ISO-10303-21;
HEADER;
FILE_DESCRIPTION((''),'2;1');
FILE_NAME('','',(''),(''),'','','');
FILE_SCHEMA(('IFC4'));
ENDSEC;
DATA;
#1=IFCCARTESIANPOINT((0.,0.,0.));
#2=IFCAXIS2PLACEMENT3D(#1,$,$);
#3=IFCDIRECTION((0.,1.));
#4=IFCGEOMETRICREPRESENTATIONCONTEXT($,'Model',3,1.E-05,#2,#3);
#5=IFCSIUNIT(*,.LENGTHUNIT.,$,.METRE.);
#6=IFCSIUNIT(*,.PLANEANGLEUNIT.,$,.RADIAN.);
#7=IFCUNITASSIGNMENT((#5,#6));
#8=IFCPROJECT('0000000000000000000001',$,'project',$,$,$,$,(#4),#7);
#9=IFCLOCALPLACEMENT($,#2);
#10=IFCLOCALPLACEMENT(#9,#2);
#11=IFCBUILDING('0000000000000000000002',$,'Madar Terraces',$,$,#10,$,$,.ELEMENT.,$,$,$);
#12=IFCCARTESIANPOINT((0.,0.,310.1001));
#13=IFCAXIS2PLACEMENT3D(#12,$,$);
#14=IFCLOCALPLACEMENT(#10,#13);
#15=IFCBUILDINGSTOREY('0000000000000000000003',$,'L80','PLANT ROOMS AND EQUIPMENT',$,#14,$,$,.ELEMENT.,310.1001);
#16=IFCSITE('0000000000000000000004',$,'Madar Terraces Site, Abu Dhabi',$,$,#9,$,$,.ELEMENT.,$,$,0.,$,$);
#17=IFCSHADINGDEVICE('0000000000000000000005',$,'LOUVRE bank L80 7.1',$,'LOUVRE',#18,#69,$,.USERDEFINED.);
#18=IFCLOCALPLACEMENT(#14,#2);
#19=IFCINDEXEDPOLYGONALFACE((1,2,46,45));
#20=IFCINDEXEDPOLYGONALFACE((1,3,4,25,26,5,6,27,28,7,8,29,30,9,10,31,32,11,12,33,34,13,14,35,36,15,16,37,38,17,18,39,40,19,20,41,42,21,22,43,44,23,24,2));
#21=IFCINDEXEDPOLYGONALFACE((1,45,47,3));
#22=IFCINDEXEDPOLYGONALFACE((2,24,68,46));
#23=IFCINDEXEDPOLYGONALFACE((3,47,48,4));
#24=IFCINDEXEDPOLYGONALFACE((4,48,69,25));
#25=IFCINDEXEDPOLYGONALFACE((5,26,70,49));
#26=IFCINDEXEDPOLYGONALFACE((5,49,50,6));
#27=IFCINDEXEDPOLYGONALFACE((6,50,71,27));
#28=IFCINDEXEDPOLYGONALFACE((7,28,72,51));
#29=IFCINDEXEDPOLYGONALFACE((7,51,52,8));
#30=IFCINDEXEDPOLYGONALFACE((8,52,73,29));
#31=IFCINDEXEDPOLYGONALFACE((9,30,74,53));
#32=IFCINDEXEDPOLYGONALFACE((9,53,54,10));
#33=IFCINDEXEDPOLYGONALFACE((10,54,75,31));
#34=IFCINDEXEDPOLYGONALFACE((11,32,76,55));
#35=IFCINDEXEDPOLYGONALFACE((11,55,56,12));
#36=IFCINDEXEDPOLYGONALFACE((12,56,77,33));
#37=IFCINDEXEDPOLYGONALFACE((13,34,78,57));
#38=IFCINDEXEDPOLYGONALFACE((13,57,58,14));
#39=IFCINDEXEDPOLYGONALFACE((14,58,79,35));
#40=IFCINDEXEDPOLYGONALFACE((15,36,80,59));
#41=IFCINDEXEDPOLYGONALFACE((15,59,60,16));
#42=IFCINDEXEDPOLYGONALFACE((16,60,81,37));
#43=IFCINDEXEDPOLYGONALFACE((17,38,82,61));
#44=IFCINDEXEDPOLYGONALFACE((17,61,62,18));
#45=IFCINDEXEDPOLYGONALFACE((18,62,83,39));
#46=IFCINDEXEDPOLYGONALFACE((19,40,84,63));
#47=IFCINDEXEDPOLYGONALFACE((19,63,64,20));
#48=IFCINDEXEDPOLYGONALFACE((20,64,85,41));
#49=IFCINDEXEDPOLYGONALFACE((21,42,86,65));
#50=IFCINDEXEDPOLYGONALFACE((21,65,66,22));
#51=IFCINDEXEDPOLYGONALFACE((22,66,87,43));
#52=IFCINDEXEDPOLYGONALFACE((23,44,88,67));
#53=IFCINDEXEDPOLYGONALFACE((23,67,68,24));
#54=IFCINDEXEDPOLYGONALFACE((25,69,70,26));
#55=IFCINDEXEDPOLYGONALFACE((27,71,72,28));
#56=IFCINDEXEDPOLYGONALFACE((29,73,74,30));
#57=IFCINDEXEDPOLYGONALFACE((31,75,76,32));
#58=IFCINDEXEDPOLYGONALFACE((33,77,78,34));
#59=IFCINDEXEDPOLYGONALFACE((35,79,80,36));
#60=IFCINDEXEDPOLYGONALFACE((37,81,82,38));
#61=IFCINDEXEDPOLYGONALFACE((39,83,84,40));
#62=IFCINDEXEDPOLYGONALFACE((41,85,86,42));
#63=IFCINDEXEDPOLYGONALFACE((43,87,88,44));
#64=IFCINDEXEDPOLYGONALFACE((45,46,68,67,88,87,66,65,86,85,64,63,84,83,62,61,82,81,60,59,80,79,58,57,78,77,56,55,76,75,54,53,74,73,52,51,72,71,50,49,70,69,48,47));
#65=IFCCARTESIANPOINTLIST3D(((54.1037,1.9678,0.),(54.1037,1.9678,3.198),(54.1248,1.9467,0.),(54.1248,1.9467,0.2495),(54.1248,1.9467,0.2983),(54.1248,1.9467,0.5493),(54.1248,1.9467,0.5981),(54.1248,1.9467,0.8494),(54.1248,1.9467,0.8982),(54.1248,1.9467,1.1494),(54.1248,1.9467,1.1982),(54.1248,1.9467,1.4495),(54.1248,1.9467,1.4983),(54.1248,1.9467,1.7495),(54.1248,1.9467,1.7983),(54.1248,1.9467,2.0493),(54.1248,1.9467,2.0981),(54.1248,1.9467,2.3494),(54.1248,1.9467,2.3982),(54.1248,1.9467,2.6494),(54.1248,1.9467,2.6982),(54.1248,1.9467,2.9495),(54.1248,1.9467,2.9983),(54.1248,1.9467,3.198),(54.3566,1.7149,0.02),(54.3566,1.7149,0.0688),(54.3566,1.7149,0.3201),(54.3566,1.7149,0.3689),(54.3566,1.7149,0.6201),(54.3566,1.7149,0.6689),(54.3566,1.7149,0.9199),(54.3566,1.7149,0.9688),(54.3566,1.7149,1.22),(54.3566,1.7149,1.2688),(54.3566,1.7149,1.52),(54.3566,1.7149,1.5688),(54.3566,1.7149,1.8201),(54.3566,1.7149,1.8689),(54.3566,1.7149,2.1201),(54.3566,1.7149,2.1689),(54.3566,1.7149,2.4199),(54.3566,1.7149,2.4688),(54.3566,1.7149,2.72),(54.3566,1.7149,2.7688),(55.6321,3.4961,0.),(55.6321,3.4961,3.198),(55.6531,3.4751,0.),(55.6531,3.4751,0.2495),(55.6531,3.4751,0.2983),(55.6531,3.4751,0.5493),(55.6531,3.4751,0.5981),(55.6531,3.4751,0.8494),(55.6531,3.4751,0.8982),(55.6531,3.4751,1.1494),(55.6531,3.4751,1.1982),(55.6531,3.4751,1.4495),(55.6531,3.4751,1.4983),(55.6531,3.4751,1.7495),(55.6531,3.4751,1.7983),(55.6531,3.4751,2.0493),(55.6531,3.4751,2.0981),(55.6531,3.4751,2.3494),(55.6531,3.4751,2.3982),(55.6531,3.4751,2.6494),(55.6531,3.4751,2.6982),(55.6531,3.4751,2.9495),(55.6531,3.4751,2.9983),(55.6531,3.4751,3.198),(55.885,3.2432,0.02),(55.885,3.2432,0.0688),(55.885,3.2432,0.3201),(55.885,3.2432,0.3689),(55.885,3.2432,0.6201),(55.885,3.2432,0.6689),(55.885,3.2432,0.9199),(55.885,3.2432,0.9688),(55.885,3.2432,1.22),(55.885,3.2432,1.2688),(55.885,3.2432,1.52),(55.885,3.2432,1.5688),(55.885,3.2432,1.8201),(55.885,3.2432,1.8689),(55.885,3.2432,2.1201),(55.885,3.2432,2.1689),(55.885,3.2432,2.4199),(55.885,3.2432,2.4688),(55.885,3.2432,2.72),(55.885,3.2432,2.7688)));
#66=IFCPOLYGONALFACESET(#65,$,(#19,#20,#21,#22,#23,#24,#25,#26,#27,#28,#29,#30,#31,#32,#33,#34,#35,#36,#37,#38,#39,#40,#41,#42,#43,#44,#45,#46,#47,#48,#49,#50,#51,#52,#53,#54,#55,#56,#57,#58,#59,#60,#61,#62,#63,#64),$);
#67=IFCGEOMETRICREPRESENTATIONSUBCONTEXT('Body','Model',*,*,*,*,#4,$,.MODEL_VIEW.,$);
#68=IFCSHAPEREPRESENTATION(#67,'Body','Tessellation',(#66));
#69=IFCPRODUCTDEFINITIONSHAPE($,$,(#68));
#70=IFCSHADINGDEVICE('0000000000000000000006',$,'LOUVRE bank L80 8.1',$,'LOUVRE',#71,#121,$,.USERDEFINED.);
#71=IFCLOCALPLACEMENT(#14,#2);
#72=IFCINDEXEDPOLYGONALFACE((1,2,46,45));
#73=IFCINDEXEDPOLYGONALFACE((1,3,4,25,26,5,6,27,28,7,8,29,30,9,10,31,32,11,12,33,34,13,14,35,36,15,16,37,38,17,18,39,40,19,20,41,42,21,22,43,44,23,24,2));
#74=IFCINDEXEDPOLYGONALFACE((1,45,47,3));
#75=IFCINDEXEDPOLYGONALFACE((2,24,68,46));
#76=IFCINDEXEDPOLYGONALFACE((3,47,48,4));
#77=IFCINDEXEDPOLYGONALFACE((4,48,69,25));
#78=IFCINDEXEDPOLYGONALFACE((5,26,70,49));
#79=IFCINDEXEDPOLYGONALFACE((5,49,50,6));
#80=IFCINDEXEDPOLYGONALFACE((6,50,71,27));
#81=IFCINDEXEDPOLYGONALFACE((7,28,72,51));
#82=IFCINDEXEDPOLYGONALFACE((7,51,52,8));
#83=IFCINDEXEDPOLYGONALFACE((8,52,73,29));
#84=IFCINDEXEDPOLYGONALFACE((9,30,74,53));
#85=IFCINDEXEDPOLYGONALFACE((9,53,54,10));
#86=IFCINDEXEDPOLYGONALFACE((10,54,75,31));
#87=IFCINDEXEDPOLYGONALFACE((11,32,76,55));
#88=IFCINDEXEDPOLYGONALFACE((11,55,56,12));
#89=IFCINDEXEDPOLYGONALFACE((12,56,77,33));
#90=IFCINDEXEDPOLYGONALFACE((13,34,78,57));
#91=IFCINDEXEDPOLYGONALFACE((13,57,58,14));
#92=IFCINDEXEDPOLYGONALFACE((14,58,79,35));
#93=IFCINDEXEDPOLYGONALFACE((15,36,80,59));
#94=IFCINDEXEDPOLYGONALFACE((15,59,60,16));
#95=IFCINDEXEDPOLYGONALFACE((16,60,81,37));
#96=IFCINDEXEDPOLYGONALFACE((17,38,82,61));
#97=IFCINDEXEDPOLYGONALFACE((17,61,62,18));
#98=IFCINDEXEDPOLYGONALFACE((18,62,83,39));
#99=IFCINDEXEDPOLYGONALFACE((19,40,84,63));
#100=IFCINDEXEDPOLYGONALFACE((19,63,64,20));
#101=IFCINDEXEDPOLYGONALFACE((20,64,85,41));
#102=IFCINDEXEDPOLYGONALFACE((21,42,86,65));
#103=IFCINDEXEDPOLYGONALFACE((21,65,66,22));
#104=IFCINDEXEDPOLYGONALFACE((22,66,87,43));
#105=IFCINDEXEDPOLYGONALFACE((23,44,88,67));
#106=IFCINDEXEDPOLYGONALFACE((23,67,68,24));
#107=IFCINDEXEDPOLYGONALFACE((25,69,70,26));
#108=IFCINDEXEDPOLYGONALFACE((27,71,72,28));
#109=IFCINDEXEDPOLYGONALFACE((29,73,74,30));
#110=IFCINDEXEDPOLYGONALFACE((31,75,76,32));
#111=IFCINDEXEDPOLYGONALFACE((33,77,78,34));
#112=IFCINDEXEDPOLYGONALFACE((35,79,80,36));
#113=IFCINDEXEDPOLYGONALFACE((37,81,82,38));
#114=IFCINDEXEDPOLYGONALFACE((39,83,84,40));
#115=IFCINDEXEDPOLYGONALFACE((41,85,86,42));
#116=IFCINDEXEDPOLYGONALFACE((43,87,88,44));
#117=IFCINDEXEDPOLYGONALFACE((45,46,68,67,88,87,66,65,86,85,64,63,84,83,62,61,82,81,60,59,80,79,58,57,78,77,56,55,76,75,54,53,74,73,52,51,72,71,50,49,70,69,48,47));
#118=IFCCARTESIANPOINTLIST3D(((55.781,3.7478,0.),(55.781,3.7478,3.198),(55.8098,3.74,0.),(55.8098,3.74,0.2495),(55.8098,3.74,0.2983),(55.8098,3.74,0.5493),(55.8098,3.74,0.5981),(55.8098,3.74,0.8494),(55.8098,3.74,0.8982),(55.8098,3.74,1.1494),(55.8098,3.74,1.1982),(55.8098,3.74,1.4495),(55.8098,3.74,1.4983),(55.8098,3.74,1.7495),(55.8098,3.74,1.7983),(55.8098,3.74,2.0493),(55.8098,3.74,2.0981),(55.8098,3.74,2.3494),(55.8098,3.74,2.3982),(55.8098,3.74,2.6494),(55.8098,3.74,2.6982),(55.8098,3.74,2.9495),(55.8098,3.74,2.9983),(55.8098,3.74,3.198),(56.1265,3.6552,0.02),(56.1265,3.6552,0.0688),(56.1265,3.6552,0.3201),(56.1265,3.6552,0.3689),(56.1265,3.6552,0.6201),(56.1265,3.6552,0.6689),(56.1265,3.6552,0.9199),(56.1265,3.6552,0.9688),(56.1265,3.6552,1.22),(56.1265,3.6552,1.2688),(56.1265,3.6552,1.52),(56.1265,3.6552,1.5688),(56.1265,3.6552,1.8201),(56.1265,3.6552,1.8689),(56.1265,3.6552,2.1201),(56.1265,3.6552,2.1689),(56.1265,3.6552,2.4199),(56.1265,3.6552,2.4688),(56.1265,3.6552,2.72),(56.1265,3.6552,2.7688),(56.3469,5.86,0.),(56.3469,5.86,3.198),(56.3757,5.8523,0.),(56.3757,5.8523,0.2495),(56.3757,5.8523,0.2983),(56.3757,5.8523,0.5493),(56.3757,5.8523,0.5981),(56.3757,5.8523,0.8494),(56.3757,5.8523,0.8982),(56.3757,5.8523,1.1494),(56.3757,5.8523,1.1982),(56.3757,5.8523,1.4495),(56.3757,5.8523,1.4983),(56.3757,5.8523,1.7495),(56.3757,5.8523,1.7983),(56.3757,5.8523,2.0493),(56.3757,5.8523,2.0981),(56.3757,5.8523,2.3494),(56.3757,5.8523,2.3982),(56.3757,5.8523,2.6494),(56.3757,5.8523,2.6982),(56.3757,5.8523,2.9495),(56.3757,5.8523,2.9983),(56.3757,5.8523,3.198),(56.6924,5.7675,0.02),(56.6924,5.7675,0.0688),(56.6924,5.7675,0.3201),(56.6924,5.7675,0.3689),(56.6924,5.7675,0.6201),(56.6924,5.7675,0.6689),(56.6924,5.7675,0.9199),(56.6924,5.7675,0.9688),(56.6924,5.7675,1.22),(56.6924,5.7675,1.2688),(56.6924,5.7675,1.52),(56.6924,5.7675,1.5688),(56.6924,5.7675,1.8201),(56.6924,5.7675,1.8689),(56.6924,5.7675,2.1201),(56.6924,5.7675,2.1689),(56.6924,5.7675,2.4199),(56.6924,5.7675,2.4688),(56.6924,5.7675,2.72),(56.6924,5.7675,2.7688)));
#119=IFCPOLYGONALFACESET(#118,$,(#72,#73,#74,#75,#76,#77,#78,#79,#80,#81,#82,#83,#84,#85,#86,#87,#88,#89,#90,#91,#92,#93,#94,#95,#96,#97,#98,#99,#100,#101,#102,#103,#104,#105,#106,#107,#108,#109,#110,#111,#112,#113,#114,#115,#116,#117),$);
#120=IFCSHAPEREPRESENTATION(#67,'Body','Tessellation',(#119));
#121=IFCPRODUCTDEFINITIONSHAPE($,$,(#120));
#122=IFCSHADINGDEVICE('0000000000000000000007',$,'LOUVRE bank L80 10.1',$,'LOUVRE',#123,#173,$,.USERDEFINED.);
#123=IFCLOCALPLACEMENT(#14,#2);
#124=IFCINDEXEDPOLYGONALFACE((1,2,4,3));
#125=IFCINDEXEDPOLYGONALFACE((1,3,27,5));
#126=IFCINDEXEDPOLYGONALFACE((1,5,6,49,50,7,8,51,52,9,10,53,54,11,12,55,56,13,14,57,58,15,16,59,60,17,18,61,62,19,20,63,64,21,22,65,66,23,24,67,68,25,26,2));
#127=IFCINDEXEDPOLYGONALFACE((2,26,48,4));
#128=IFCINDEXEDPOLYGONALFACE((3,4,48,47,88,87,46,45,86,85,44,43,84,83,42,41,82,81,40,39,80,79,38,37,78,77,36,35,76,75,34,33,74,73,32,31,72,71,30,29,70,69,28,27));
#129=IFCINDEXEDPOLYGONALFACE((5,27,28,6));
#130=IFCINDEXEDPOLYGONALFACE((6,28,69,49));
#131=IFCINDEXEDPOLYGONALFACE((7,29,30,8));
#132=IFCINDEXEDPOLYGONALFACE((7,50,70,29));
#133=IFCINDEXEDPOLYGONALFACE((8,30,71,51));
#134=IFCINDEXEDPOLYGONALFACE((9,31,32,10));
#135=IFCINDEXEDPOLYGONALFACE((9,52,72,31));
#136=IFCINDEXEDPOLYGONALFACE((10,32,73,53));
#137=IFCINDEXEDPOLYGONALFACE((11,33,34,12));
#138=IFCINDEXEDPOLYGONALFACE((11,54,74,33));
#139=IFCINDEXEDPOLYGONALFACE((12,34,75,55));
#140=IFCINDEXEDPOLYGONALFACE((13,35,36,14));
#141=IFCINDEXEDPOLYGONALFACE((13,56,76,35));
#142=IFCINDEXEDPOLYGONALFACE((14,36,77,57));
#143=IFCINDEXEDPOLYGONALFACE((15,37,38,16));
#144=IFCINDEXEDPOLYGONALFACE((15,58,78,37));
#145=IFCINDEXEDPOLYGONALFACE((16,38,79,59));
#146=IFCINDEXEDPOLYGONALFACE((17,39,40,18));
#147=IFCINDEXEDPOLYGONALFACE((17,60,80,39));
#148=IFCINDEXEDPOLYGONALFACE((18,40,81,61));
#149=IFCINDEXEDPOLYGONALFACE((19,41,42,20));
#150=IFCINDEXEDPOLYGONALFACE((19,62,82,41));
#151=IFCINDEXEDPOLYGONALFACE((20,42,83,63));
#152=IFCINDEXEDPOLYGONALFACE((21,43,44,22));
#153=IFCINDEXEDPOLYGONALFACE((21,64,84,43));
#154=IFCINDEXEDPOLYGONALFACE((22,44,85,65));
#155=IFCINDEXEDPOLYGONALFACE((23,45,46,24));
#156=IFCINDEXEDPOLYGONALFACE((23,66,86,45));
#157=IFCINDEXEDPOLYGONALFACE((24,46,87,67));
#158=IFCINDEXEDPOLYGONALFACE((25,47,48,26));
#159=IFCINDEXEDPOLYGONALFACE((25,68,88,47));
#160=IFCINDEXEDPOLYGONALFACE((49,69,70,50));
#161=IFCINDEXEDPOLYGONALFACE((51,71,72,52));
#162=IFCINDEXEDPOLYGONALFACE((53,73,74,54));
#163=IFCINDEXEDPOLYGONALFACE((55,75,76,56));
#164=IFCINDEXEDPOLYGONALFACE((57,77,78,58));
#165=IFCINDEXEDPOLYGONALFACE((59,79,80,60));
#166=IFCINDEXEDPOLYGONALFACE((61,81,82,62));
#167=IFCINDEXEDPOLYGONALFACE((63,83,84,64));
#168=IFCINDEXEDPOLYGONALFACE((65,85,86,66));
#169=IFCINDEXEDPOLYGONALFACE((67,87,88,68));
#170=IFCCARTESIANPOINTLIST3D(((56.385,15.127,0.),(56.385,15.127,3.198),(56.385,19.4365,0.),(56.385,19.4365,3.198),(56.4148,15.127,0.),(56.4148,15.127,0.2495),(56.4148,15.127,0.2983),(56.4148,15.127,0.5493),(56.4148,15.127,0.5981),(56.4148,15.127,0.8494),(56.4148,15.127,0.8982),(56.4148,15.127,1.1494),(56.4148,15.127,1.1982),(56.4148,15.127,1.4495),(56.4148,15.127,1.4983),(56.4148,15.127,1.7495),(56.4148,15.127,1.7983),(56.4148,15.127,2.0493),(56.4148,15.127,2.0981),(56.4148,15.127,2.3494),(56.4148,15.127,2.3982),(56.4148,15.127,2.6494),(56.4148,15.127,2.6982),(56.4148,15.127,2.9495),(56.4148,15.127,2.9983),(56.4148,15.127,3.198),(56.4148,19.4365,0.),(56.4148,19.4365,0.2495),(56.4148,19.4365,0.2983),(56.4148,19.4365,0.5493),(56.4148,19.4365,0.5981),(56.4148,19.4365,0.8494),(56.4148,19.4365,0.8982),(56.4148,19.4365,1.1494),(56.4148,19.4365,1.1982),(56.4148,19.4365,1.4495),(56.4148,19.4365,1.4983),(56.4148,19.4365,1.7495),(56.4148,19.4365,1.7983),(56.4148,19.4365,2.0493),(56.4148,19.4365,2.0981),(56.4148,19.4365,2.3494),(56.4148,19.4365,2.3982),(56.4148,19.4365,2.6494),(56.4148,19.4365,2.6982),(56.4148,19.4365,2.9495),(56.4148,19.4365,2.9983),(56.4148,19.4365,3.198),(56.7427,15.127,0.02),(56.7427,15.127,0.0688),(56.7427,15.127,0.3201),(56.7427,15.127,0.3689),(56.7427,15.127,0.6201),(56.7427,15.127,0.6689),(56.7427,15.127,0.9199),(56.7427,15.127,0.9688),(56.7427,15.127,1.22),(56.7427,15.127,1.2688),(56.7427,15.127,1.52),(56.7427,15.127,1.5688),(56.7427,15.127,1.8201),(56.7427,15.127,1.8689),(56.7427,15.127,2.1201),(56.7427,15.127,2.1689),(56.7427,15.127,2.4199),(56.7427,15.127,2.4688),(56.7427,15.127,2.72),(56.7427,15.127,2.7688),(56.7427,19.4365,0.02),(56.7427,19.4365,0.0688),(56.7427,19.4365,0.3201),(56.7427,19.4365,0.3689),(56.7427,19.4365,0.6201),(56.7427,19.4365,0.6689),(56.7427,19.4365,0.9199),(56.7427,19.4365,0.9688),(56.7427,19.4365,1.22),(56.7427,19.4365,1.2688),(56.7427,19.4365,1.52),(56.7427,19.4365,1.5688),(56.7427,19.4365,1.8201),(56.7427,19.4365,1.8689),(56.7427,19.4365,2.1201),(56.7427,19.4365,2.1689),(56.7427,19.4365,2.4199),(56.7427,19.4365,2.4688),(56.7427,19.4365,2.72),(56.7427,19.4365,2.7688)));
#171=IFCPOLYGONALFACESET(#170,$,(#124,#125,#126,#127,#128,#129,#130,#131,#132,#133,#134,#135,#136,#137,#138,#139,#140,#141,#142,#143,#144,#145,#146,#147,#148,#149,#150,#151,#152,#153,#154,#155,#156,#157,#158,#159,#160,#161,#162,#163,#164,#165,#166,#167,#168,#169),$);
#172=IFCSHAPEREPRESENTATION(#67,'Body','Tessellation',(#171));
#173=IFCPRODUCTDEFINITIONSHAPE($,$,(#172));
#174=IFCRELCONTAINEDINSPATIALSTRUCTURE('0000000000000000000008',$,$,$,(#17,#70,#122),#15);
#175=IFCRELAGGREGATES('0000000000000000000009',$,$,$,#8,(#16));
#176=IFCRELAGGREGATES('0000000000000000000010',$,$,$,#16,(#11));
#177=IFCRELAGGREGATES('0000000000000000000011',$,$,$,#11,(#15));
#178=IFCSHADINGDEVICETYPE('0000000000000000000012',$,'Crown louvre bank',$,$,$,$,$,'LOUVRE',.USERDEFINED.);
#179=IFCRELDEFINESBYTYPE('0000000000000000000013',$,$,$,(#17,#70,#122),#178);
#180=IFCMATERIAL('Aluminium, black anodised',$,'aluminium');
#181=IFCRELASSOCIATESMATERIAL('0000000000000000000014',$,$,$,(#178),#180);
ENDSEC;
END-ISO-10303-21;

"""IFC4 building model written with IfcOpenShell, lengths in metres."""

from ifc_helpers import new_model, si_unit, direction, frame, origin, place, context, subcontext, project, spatial, polyline, outline, extrude, material, type_object, element, save


model = new_model("IFC4")

# Units and contexts
model_context = context("Model", 3, precision=1e-05, world=origin(), true_north=direction((0.0, 1.0)))
body_context = subcontext(model_context, "Body", "Model", "MODEL_VIEW")
ifc_project = project(units=[si_unit("LENGTHUNIT", "METRE"), si_unit("PLANEANGLEUNIT", "RADIAN")], contexts=[model_context])

# Site, building, storey
site_placement = place(None, origin())
site = spatial("IfcSite", under=ifc_project, at=site_placement, Name="Madar Terraces Site, Abu Dhabi", CompositionType="ELEMENT", RefElevation=0.0)
building_placement = place(site_placement, origin())
building = spatial("IfcBuilding", under=site, at=building_placement, Name="Madar Terraces", CompositionType="ELEMENT")
storey_placement = place(building_placement, frame((0.0, 0.0, 310.1001)))
storey = spatial("IfcBuildingStorey", under=building, at=storey_placement, Name="L80", Description="PLANT ROOMS AND EQUIPMENT", CompositionType="ELEMENT", Elevation=310.1001)

# Shading devices
ifc_material_1 = material(Name="Aluminium, black anodised", Category="aluminium")
shading_device_type = type_object("IfcShadingDeviceType", Name="Crown louvre bank", ElementType="LOUVRE", PredefinedType="USERDEFINED", material=ifc_material_1)
shading_device_1_placement = place(storey_placement, frame((54.1143, 1.9573, 0.0), z_axis=(0.707107, 0.707107, 0.0), x_axis=(-0.707107, 0.707107, 0.0)))
element("IfcShadingDevice", 1, at=shading_device_1_placement, inside=storey, type_object=shading_device_type, Name="LOUVRE bank L80 7.1", ObjectType="LOUVRE", PredefinedType="USERDEFINED", context=body_context, shape_type="SweptSolid", body=[
    extrude(outline(polyline([(0.0149, 0.0), (-0.0149, 0.0), (-0.0149, 0.2495), (-0.3428, 0.02), (-0.3428, 0.0688), (-0.0149, 0.2983), (-0.0149, 0.5493), (-0.3428, 0.3201), (-0.3428, 0.3689), (-0.0149, 0.5981), (-0.0149, 0.8494), (-0.3428, 0.6201), (-0.3428, 0.6689), (-0.0149, 0.8982), (-0.0149, 1.1494), (-0.3428, 0.9199), (-0.3428, 0.9688), (-0.0149, 1.1982), (-0.0149, 1.4495), (-0.3428, 1.22), (-0.3428, 1.2688), (-0.0149, 1.4983), (-0.0149, 1.7495), (-0.3428, 1.52), (-0.3428, 1.5688), (-0.0149, 1.7983), (-0.0149, 2.0493), (-0.3428, 1.8201), (-0.3428, 1.8689), (-0.0149, 2.0981), (-0.0149, 2.3494), (-0.3428, 2.1201), (-0.3428, 2.1689), (-0.0149, 2.3982), (-0.0149, 2.6494), (-0.3428, 2.4199), (-0.3428, 2.4688), (-0.0149, 2.6982), (-0.0149, 2.9495), (-0.3428, 2.72), (-0.3428, 2.7688), (-0.0149, 2.9983), (-0.0149, 3.198), (0.0149, 3.198), (0.0149, 0.0)])), origin(), (0.0, 0.0, 1.0), 2.1614),
])
shading_device_2_placement = place(storey_placement, frame((55.7954, 3.7439, 0.0), z_axis=(0.258788, 0.965934, 0.0), x_axis=(-0.965934, 0.258788, 0.0)))
element("IfcShadingDevice", 2, at=shading_device_2_placement, inside=storey, type_object=shading_device_type, Name="LOUVRE bank L80 8.1", ObjectType="LOUVRE", PredefinedType="USERDEFINED", context=body_context, shape_type="SweptSolid", body=[
    extrude(outline(polyline([(0.0149, 0.0), (-0.0149, 0.0), (-0.0149, 0.2495), (-0.3428, 0.02), (-0.3428, 0.0688), (-0.0149, 0.2983), (-0.0149, 0.5493), (-0.3428, 0.3201), (-0.3428, 0.3689), (-0.0149, 0.5981), (-0.0149, 0.8494), (-0.3428, 0.6201), (-0.3428, 0.6689), (-0.0149, 0.8982), (-0.0149, 1.1494), (-0.3428, 0.9199), (-0.3428, 0.9688), (-0.0149, 1.1982), (-0.0149, 1.4495), (-0.3428, 1.22), (-0.3428, 1.2688), (-0.0149, 1.4983), (-0.0149, 1.7495), (-0.3428, 1.52), (-0.3428, 1.5688), (-0.0149, 1.7983), (-0.0149, 2.0493), (-0.3428, 1.8201), (-0.3428, 1.8689), (-0.0149, 2.0981), (-0.0149, 2.3494), (-0.3428, 2.1201), (-0.3428, 2.1689), (-0.0149, 2.3982), (-0.0149, 2.6494), (-0.3428, 2.4199), (-0.3428, 2.4688), (-0.0149, 2.6982), (-0.0149, 2.9495), (-0.3428, 2.72), (-0.3428, 2.7688), (-0.0149, 2.9983), (-0.0149, 3.198), (0.0149, 3.198), (0.0149, 0.0)])), origin(), (0.0, 0.0, 1.0), 2.1868),
])
for number, where, z_axis, x_axis, name in (
    (3, (56.3999, 15.127, 0.0), (0.0, 1.0, 0.0), (-1.0, 0.0, 0.0), "LOUVRE bank L80 10.1"),
):
    element("IfcShadingDevice", number, at=place(storey_placement, frame(where, z_axis=z_axis, x_axis=x_axis)), inside=storey, type_object=shading_device_type, Name=name, ObjectType="LOUVRE", PredefinedType="USERDEFINED", context=body_context, shape_type="SweptSolid", body=[
        extrude(outline(polyline([(0.0149, 0.0), (-0.0149, 0.0), (-0.0149, 0.2495), (-0.3428, 0.02), (-0.3428, 0.0688), (-0.0149, 0.2983), (-0.0149, 0.5493), (-0.3428, 0.3201), (-0.3428, 0.3689), (-0.0149, 0.5981), (-0.0149, 0.8494), (-0.3428, 0.6201), (-0.3428, 0.6689), (-0.0149, 0.8982), (-0.0149, 1.1494), (-0.3428, 0.9199), (-0.3428, 0.9688), (-0.0149, 1.1982), (-0.0149, 1.4495), (-0.3428, 1.22), (-0.3428, 1.2688), (-0.0149, 1.4983), (-0.0149, 1.7495), (-0.3428, 1.52), (-0.3428, 1.5688), (-0.0149, 1.7983), (-0.0149, 2.0493), (-0.3428, 1.8201), (-0.3428, 1.8689), (-0.0149, 2.0981), (-0.0149, 2.3494), (-0.3428, 2.1201), (-0.3428, 2.1689), (-0.0149, 2.3982), (-0.0149, 2.6494), (-0.3428, 2.4199), (-0.3428, 2.4688), (-0.0149, 2.6982), (-0.0149, 2.9495), (-0.3428, 2.72), (-0.3428, 2.7688), (-0.0149, 2.9983), (-0.0149, 3.198), (0.0149, 3.198), (0.0149, 0.0)])), origin(), (0.0, 0.0, 1.0), 4.3096),
    ])

save(model, "model.ifc")
